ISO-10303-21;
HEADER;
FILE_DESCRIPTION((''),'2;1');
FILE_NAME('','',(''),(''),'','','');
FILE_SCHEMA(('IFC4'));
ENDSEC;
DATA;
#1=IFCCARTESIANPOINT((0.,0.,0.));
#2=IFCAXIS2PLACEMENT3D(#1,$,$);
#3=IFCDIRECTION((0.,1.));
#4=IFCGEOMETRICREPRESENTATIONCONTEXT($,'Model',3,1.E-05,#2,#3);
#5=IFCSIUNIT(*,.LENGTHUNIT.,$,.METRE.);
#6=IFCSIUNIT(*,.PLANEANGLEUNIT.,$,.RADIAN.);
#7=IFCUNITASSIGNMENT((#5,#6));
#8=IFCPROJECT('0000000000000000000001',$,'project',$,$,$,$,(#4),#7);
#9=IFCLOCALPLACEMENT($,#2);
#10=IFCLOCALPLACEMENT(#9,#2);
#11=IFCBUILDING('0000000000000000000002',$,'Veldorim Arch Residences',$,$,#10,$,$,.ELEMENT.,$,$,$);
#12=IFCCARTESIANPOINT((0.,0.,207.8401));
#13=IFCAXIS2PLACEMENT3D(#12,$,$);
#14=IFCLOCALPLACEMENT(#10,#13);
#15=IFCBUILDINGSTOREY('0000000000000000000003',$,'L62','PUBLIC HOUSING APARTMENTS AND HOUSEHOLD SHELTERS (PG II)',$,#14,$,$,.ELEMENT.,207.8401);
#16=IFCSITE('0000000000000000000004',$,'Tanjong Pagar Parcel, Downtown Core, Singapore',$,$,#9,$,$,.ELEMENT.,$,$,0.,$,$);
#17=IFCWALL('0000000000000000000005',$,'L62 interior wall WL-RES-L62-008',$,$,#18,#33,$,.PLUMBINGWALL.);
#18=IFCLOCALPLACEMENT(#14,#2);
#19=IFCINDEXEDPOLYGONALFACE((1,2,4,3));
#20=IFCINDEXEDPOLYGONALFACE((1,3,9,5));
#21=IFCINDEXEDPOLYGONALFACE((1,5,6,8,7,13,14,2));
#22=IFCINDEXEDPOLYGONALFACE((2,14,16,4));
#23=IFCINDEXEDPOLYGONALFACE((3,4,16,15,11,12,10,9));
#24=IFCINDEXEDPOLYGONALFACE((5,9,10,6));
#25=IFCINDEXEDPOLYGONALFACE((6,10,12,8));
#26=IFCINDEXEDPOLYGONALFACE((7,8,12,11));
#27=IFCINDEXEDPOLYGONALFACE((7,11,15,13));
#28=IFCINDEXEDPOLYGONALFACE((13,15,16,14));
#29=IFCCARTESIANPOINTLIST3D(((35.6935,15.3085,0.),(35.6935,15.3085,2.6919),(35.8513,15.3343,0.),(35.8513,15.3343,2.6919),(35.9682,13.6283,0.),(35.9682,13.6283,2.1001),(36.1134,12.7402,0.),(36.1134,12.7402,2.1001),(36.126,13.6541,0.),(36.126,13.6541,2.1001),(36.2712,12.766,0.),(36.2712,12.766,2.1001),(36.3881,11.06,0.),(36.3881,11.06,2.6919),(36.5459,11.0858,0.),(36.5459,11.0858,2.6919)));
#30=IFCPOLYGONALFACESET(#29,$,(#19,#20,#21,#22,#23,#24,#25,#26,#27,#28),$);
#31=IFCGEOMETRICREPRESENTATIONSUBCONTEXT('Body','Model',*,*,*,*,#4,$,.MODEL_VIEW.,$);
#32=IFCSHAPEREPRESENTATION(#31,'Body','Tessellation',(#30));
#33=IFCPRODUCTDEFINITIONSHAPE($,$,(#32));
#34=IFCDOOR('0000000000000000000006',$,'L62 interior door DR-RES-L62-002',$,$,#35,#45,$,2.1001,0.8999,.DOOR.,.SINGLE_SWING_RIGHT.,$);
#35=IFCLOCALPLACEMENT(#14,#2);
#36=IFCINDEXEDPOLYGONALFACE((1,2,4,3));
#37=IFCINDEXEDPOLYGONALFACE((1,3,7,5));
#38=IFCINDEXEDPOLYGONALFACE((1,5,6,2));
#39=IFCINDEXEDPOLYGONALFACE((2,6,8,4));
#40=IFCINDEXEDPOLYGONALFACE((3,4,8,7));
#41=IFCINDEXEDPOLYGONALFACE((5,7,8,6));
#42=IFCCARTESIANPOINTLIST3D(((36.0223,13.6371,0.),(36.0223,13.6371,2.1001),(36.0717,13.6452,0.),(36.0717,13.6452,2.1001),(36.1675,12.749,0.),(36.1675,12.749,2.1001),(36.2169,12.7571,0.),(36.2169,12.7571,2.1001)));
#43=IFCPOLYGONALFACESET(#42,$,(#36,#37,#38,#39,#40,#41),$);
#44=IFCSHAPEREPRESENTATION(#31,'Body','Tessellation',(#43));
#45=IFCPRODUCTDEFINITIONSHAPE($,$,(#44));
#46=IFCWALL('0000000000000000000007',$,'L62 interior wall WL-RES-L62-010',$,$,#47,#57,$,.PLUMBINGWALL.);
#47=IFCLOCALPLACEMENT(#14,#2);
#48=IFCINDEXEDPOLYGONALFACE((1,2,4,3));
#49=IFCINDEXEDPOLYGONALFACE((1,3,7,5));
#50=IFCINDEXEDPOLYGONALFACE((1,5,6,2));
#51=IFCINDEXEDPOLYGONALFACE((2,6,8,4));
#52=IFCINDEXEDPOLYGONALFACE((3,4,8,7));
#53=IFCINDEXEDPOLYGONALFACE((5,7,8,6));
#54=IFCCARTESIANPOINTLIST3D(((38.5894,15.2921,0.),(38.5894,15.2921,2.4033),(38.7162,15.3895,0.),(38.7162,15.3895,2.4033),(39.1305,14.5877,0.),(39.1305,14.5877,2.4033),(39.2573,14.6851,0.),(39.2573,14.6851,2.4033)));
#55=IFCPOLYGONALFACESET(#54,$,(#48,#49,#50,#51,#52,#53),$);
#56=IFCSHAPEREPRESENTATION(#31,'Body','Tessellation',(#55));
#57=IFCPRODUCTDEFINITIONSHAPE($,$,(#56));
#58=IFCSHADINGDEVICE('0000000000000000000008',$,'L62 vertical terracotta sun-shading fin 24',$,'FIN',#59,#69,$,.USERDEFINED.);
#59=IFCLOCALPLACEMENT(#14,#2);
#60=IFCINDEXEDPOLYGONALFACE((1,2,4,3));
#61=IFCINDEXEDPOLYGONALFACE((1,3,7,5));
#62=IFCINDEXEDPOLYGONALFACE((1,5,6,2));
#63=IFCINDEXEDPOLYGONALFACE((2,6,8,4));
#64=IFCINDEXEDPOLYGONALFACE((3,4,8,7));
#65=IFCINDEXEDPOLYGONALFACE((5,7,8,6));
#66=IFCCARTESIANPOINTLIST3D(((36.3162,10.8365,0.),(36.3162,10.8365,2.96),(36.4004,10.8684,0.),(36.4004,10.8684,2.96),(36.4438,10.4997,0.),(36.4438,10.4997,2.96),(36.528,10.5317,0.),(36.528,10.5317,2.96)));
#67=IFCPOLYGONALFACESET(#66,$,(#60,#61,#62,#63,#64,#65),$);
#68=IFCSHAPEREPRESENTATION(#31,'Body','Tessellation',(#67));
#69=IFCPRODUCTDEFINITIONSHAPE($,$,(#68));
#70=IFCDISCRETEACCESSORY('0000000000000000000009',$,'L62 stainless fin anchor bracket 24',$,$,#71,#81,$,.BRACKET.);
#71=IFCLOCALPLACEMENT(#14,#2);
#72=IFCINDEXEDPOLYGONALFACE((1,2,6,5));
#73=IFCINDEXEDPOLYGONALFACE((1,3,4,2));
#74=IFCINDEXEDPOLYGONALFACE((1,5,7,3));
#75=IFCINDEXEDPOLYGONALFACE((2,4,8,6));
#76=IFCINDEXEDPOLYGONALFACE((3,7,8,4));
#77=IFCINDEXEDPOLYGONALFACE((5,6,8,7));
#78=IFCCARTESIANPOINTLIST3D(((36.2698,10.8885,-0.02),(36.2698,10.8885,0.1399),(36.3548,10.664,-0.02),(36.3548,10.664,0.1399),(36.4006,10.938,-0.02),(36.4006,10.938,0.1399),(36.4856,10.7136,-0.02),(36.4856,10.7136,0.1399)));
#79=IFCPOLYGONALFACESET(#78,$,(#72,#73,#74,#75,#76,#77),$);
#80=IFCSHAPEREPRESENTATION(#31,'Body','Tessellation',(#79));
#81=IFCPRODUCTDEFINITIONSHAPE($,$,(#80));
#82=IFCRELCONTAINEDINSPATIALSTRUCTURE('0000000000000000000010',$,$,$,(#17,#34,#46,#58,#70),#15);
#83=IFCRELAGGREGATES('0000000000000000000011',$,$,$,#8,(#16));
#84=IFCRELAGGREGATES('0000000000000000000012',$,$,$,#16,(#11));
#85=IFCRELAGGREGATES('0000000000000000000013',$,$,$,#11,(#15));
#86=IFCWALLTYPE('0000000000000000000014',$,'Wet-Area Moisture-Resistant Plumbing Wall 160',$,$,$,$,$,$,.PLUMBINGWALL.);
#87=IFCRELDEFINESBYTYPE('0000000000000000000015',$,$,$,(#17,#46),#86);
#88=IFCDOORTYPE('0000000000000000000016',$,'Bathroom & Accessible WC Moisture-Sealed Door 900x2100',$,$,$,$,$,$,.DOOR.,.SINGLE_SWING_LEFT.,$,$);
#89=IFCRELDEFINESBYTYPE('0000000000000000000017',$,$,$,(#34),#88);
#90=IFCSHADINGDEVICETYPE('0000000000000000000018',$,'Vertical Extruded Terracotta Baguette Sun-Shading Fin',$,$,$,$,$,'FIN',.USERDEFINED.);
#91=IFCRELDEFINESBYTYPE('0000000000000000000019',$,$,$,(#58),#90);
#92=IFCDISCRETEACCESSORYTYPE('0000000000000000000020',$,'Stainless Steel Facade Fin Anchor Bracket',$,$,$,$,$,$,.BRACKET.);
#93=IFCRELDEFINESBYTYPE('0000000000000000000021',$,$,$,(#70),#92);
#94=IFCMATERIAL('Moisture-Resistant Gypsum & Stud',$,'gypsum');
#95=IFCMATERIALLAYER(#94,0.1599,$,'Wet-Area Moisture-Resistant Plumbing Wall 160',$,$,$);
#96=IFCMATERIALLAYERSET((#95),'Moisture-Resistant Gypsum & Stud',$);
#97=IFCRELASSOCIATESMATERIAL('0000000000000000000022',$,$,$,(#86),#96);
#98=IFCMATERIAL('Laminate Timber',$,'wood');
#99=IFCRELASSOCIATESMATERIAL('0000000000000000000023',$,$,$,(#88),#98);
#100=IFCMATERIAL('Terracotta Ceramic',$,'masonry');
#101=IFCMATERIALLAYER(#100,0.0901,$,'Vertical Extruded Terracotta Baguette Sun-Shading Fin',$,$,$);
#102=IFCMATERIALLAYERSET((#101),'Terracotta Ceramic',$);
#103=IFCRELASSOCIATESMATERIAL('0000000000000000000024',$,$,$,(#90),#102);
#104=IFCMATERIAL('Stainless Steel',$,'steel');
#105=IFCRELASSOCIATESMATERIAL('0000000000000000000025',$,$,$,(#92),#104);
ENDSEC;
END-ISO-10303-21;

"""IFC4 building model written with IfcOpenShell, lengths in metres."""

from ifc_helpers import new_model, si_unit, direction, frame, frame_2d, origin, origin_2d, place, context, subcontext, project, spatial, rectangle, extrude, material, layer, layer_set, type_object, element, fill, save


model = new_model("IFC4")

# Units and contexts
model_context = context("Model", 3, precision=1e-05, world=origin(), true_north=direction((0.0, 1.0)))
body_context = subcontext(model_context, "Body", "Model", "MODEL_VIEW")
ifc_project = project(units=[si_unit("LENGTHUNIT", "METRE"), si_unit("PLANEANGLEUNIT", "RADIAN")], contexts=[model_context])

# Site, building, storey
site_placement = place(None, origin())
site = spatial("IfcSite", under=ifc_project, at=site_placement, Name="Tanjong Pagar Parcel, Downtown Core, Singapore", CompositionType="ELEMENT", RefElevation=0.0)
building_placement = place(site_placement, origin())
building = spatial("IfcBuilding", under=site, at=building_placement, Name="Veldorim Arch Residences", CompositionType="ELEMENT")
storey_placement = place(building_placement, frame((0.0, 0.0, 207.8401)))
storey = spatial("IfcBuildingStorey", under=building, at=storey_placement, Name="L62", Description="PUBLIC HOUSING APARTMENTS AND HOUSEHOLD SHELTERS (PG II)", CompositionType="ELEMENT", Elevation=207.8401)

# Wall, opening, door
ifc_material_1 = material(Name="Moisture-Resistant Gypsum & Stud", Category="gypsum")
ifc_layer_1 = layer(ifc_material_1, 0.1599, Name="Wet-Area Moisture-Resistant Plumbing Wall 160")
ifc_layer_set_1 = layer_set([ifc_layer_1], Name="Moisture-Resistant Gypsum & Stud")
wall_type_1 = type_object("IfcWallType", Name="Wet-Area Moisture-Resistant Plumbing Wall 160", PredefinedType="PLUMBINGWALL", material=ifc_layer_set_1)
wall_1_placement = place(storey_placement, frame((35.7725, 15.3213, 0.0), z_axis=(0.0, 0.0, 1.0), x_axis=(0.161345, -0.986898, 0.0)))
wall_1 = element("IfcWall", 1, at=wall_1_placement, inside=storey, type_object=wall_type_1, Name="L62 interior wall WL-RES-L62-008", PredefinedType="PLUMBINGWALL", context=body_context, shape_type="SweptSolid", body=[
    extrude(rectangle(XDim=4.3049, YDim=0.1599, at=frame_2d((2.1523, 0.0))), origin(), (0.0, 0.0, 1.0), 2.6919),
])
opening_1_placement = place(wall_1_placement, frame((1.7024, 0.0, 0.0)))
opening_1 = element("IfcOpeningElement", 2, at=opening_1_placement, cuts=wall_1, PredefinedType="OPENING", context=body_context, shape_type="SweptSolid", body=[
    extrude(rectangle(XDim=0.8999, YDim=2.1001, at=frame_2d((0.45, 1.05))), frame((0.0, 0.0898, 0.0), z_axis=(0.0, -1.0, 0.0), x_axis=(1.0, 0.0, 0.0)), (0.0, 0.0, 1.0), 0.1799),
])
ifc_material_2 = material(Name="Laminate Timber", Category="wood")
door_type_1 = type_object("IfcDoorType", Name="Bathroom & Accessible WC Moisture-Sealed Door 900x2100", OperationType="SINGLE_SWING_LEFT", PredefinedType="DOOR", material=ifc_material_2)
door_1_placement = place(opening_1_placement, origin())
door_1 = element("IfcDoor", 3, at=door_1_placement, inside=storey, type_object=door_type_1, Name="L62 interior door DR-RES-L62-002", OperationType="SINGLE_SWING_RIGHT", OverallHeight=2.1001, OverallWidth=0.8999, PredefinedType="DOOR", context=body_context, shape_type="SweptSolid", body=[
    extrude(rectangle(XDim=0.8999, YDim=2.1001, at=frame_2d((0.45, 1.05))), frame((0.0, 0.0249, 0.0), z_axis=(0.0, -1.0, 0.0), x_axis=(1.0, 0.0, 0.0)), (0.0, 0.0, 1.0), 0.05),
])
fill(opening_1, door_1)

# Wall
wall_2_placement = place(storey_placement, frame((38.6528, 15.3408, 0.0), z_axis=(0.0, 0.0, 1.0), x_axis=(0.609153, -0.793053, 0.0)))
element("IfcWall", 4, at=wall_2_placement, inside=storey, type_object=wall_type_1, Name="L62 interior wall WL-RES-L62-010", PredefinedType="PLUMBINGWALL", context=body_context, shape_type="SweptSolid", body=[
    extrude(rectangle(XDim=0.8882, YDim=0.1599, at=frame_2d((0.4441, 0.0))), origin(), (0.0, 0.0, 1.0), 2.4033),
])

# Shading device
ifc_material_3 = material(Name="Terracotta Ceramic", Category="masonry")
ifc_layer_2 = layer(ifc_material_3, 0.0901, Name="Vertical Extruded Terracotta Baguette Sun-Shading Fin")
ifc_layer_set_2 = layer_set([ifc_layer_2], Name="Terracotta Ceramic")
shading_device_type = type_object("IfcShadingDeviceType", Name="Vertical Extruded Terracotta Baguette Sun-Shading Fin", ElementType="FIN", PredefinedType="USERDEFINED", material=ifc_layer_set_2)
shading_device_placement = place(storey_placement, frame((36.4221, 10.6841, 0.0), z_axis=(0.0, 0.0, 1.0), x_axis=(-0.935135, -0.354291, 0.0)))
element("IfcShadingDevice", 5, at=shading_device_placement, inside=storey, type_object=shading_device_type, Name="L62 vertical terracotta sun-shading fin 24", ObjectType="FIN", PredefinedType="USERDEFINED", context=body_context, shape_type="SweptSolid", body=[
    extrude(rectangle(XDim=0.0901, YDim=0.3601, at=origin_2d()), origin(), (0.0, 0.0, 1.0), 2.96),
])

# Discrete accessory
ifc_material_4 = material(Name="Stainless Steel", Category="steel")
discrete_accessory_type = type_object("IfcDiscreteAccessoryType", Name="Stainless Steel Facade Fin Anchor Bracket", PredefinedType="BRACKET", material=ifc_material_4)
discrete_accessory_placement = place(storey_placement, frame((36.3777, 10.801, -0.02), z_axis=(0.0, 0.0, 1.0), x_axis=(-0.935135, -0.354291, 0.0)))
element("IfcDiscreteAccessory", 6, at=discrete_accessory_placement, inside=storey, type_object=discrete_accessory_type, Name="L62 stainless fin anchor bracket 24", PredefinedType="BRACKET", context=body_context, shape_type="SweptSolid", body=[
    extrude(rectangle(XDim=0.1399, YDim=0.24, at=origin_2d()), origin(), (0.0, 0.0, 1.0), 0.1599),
])

save(model, "model.ifc")
